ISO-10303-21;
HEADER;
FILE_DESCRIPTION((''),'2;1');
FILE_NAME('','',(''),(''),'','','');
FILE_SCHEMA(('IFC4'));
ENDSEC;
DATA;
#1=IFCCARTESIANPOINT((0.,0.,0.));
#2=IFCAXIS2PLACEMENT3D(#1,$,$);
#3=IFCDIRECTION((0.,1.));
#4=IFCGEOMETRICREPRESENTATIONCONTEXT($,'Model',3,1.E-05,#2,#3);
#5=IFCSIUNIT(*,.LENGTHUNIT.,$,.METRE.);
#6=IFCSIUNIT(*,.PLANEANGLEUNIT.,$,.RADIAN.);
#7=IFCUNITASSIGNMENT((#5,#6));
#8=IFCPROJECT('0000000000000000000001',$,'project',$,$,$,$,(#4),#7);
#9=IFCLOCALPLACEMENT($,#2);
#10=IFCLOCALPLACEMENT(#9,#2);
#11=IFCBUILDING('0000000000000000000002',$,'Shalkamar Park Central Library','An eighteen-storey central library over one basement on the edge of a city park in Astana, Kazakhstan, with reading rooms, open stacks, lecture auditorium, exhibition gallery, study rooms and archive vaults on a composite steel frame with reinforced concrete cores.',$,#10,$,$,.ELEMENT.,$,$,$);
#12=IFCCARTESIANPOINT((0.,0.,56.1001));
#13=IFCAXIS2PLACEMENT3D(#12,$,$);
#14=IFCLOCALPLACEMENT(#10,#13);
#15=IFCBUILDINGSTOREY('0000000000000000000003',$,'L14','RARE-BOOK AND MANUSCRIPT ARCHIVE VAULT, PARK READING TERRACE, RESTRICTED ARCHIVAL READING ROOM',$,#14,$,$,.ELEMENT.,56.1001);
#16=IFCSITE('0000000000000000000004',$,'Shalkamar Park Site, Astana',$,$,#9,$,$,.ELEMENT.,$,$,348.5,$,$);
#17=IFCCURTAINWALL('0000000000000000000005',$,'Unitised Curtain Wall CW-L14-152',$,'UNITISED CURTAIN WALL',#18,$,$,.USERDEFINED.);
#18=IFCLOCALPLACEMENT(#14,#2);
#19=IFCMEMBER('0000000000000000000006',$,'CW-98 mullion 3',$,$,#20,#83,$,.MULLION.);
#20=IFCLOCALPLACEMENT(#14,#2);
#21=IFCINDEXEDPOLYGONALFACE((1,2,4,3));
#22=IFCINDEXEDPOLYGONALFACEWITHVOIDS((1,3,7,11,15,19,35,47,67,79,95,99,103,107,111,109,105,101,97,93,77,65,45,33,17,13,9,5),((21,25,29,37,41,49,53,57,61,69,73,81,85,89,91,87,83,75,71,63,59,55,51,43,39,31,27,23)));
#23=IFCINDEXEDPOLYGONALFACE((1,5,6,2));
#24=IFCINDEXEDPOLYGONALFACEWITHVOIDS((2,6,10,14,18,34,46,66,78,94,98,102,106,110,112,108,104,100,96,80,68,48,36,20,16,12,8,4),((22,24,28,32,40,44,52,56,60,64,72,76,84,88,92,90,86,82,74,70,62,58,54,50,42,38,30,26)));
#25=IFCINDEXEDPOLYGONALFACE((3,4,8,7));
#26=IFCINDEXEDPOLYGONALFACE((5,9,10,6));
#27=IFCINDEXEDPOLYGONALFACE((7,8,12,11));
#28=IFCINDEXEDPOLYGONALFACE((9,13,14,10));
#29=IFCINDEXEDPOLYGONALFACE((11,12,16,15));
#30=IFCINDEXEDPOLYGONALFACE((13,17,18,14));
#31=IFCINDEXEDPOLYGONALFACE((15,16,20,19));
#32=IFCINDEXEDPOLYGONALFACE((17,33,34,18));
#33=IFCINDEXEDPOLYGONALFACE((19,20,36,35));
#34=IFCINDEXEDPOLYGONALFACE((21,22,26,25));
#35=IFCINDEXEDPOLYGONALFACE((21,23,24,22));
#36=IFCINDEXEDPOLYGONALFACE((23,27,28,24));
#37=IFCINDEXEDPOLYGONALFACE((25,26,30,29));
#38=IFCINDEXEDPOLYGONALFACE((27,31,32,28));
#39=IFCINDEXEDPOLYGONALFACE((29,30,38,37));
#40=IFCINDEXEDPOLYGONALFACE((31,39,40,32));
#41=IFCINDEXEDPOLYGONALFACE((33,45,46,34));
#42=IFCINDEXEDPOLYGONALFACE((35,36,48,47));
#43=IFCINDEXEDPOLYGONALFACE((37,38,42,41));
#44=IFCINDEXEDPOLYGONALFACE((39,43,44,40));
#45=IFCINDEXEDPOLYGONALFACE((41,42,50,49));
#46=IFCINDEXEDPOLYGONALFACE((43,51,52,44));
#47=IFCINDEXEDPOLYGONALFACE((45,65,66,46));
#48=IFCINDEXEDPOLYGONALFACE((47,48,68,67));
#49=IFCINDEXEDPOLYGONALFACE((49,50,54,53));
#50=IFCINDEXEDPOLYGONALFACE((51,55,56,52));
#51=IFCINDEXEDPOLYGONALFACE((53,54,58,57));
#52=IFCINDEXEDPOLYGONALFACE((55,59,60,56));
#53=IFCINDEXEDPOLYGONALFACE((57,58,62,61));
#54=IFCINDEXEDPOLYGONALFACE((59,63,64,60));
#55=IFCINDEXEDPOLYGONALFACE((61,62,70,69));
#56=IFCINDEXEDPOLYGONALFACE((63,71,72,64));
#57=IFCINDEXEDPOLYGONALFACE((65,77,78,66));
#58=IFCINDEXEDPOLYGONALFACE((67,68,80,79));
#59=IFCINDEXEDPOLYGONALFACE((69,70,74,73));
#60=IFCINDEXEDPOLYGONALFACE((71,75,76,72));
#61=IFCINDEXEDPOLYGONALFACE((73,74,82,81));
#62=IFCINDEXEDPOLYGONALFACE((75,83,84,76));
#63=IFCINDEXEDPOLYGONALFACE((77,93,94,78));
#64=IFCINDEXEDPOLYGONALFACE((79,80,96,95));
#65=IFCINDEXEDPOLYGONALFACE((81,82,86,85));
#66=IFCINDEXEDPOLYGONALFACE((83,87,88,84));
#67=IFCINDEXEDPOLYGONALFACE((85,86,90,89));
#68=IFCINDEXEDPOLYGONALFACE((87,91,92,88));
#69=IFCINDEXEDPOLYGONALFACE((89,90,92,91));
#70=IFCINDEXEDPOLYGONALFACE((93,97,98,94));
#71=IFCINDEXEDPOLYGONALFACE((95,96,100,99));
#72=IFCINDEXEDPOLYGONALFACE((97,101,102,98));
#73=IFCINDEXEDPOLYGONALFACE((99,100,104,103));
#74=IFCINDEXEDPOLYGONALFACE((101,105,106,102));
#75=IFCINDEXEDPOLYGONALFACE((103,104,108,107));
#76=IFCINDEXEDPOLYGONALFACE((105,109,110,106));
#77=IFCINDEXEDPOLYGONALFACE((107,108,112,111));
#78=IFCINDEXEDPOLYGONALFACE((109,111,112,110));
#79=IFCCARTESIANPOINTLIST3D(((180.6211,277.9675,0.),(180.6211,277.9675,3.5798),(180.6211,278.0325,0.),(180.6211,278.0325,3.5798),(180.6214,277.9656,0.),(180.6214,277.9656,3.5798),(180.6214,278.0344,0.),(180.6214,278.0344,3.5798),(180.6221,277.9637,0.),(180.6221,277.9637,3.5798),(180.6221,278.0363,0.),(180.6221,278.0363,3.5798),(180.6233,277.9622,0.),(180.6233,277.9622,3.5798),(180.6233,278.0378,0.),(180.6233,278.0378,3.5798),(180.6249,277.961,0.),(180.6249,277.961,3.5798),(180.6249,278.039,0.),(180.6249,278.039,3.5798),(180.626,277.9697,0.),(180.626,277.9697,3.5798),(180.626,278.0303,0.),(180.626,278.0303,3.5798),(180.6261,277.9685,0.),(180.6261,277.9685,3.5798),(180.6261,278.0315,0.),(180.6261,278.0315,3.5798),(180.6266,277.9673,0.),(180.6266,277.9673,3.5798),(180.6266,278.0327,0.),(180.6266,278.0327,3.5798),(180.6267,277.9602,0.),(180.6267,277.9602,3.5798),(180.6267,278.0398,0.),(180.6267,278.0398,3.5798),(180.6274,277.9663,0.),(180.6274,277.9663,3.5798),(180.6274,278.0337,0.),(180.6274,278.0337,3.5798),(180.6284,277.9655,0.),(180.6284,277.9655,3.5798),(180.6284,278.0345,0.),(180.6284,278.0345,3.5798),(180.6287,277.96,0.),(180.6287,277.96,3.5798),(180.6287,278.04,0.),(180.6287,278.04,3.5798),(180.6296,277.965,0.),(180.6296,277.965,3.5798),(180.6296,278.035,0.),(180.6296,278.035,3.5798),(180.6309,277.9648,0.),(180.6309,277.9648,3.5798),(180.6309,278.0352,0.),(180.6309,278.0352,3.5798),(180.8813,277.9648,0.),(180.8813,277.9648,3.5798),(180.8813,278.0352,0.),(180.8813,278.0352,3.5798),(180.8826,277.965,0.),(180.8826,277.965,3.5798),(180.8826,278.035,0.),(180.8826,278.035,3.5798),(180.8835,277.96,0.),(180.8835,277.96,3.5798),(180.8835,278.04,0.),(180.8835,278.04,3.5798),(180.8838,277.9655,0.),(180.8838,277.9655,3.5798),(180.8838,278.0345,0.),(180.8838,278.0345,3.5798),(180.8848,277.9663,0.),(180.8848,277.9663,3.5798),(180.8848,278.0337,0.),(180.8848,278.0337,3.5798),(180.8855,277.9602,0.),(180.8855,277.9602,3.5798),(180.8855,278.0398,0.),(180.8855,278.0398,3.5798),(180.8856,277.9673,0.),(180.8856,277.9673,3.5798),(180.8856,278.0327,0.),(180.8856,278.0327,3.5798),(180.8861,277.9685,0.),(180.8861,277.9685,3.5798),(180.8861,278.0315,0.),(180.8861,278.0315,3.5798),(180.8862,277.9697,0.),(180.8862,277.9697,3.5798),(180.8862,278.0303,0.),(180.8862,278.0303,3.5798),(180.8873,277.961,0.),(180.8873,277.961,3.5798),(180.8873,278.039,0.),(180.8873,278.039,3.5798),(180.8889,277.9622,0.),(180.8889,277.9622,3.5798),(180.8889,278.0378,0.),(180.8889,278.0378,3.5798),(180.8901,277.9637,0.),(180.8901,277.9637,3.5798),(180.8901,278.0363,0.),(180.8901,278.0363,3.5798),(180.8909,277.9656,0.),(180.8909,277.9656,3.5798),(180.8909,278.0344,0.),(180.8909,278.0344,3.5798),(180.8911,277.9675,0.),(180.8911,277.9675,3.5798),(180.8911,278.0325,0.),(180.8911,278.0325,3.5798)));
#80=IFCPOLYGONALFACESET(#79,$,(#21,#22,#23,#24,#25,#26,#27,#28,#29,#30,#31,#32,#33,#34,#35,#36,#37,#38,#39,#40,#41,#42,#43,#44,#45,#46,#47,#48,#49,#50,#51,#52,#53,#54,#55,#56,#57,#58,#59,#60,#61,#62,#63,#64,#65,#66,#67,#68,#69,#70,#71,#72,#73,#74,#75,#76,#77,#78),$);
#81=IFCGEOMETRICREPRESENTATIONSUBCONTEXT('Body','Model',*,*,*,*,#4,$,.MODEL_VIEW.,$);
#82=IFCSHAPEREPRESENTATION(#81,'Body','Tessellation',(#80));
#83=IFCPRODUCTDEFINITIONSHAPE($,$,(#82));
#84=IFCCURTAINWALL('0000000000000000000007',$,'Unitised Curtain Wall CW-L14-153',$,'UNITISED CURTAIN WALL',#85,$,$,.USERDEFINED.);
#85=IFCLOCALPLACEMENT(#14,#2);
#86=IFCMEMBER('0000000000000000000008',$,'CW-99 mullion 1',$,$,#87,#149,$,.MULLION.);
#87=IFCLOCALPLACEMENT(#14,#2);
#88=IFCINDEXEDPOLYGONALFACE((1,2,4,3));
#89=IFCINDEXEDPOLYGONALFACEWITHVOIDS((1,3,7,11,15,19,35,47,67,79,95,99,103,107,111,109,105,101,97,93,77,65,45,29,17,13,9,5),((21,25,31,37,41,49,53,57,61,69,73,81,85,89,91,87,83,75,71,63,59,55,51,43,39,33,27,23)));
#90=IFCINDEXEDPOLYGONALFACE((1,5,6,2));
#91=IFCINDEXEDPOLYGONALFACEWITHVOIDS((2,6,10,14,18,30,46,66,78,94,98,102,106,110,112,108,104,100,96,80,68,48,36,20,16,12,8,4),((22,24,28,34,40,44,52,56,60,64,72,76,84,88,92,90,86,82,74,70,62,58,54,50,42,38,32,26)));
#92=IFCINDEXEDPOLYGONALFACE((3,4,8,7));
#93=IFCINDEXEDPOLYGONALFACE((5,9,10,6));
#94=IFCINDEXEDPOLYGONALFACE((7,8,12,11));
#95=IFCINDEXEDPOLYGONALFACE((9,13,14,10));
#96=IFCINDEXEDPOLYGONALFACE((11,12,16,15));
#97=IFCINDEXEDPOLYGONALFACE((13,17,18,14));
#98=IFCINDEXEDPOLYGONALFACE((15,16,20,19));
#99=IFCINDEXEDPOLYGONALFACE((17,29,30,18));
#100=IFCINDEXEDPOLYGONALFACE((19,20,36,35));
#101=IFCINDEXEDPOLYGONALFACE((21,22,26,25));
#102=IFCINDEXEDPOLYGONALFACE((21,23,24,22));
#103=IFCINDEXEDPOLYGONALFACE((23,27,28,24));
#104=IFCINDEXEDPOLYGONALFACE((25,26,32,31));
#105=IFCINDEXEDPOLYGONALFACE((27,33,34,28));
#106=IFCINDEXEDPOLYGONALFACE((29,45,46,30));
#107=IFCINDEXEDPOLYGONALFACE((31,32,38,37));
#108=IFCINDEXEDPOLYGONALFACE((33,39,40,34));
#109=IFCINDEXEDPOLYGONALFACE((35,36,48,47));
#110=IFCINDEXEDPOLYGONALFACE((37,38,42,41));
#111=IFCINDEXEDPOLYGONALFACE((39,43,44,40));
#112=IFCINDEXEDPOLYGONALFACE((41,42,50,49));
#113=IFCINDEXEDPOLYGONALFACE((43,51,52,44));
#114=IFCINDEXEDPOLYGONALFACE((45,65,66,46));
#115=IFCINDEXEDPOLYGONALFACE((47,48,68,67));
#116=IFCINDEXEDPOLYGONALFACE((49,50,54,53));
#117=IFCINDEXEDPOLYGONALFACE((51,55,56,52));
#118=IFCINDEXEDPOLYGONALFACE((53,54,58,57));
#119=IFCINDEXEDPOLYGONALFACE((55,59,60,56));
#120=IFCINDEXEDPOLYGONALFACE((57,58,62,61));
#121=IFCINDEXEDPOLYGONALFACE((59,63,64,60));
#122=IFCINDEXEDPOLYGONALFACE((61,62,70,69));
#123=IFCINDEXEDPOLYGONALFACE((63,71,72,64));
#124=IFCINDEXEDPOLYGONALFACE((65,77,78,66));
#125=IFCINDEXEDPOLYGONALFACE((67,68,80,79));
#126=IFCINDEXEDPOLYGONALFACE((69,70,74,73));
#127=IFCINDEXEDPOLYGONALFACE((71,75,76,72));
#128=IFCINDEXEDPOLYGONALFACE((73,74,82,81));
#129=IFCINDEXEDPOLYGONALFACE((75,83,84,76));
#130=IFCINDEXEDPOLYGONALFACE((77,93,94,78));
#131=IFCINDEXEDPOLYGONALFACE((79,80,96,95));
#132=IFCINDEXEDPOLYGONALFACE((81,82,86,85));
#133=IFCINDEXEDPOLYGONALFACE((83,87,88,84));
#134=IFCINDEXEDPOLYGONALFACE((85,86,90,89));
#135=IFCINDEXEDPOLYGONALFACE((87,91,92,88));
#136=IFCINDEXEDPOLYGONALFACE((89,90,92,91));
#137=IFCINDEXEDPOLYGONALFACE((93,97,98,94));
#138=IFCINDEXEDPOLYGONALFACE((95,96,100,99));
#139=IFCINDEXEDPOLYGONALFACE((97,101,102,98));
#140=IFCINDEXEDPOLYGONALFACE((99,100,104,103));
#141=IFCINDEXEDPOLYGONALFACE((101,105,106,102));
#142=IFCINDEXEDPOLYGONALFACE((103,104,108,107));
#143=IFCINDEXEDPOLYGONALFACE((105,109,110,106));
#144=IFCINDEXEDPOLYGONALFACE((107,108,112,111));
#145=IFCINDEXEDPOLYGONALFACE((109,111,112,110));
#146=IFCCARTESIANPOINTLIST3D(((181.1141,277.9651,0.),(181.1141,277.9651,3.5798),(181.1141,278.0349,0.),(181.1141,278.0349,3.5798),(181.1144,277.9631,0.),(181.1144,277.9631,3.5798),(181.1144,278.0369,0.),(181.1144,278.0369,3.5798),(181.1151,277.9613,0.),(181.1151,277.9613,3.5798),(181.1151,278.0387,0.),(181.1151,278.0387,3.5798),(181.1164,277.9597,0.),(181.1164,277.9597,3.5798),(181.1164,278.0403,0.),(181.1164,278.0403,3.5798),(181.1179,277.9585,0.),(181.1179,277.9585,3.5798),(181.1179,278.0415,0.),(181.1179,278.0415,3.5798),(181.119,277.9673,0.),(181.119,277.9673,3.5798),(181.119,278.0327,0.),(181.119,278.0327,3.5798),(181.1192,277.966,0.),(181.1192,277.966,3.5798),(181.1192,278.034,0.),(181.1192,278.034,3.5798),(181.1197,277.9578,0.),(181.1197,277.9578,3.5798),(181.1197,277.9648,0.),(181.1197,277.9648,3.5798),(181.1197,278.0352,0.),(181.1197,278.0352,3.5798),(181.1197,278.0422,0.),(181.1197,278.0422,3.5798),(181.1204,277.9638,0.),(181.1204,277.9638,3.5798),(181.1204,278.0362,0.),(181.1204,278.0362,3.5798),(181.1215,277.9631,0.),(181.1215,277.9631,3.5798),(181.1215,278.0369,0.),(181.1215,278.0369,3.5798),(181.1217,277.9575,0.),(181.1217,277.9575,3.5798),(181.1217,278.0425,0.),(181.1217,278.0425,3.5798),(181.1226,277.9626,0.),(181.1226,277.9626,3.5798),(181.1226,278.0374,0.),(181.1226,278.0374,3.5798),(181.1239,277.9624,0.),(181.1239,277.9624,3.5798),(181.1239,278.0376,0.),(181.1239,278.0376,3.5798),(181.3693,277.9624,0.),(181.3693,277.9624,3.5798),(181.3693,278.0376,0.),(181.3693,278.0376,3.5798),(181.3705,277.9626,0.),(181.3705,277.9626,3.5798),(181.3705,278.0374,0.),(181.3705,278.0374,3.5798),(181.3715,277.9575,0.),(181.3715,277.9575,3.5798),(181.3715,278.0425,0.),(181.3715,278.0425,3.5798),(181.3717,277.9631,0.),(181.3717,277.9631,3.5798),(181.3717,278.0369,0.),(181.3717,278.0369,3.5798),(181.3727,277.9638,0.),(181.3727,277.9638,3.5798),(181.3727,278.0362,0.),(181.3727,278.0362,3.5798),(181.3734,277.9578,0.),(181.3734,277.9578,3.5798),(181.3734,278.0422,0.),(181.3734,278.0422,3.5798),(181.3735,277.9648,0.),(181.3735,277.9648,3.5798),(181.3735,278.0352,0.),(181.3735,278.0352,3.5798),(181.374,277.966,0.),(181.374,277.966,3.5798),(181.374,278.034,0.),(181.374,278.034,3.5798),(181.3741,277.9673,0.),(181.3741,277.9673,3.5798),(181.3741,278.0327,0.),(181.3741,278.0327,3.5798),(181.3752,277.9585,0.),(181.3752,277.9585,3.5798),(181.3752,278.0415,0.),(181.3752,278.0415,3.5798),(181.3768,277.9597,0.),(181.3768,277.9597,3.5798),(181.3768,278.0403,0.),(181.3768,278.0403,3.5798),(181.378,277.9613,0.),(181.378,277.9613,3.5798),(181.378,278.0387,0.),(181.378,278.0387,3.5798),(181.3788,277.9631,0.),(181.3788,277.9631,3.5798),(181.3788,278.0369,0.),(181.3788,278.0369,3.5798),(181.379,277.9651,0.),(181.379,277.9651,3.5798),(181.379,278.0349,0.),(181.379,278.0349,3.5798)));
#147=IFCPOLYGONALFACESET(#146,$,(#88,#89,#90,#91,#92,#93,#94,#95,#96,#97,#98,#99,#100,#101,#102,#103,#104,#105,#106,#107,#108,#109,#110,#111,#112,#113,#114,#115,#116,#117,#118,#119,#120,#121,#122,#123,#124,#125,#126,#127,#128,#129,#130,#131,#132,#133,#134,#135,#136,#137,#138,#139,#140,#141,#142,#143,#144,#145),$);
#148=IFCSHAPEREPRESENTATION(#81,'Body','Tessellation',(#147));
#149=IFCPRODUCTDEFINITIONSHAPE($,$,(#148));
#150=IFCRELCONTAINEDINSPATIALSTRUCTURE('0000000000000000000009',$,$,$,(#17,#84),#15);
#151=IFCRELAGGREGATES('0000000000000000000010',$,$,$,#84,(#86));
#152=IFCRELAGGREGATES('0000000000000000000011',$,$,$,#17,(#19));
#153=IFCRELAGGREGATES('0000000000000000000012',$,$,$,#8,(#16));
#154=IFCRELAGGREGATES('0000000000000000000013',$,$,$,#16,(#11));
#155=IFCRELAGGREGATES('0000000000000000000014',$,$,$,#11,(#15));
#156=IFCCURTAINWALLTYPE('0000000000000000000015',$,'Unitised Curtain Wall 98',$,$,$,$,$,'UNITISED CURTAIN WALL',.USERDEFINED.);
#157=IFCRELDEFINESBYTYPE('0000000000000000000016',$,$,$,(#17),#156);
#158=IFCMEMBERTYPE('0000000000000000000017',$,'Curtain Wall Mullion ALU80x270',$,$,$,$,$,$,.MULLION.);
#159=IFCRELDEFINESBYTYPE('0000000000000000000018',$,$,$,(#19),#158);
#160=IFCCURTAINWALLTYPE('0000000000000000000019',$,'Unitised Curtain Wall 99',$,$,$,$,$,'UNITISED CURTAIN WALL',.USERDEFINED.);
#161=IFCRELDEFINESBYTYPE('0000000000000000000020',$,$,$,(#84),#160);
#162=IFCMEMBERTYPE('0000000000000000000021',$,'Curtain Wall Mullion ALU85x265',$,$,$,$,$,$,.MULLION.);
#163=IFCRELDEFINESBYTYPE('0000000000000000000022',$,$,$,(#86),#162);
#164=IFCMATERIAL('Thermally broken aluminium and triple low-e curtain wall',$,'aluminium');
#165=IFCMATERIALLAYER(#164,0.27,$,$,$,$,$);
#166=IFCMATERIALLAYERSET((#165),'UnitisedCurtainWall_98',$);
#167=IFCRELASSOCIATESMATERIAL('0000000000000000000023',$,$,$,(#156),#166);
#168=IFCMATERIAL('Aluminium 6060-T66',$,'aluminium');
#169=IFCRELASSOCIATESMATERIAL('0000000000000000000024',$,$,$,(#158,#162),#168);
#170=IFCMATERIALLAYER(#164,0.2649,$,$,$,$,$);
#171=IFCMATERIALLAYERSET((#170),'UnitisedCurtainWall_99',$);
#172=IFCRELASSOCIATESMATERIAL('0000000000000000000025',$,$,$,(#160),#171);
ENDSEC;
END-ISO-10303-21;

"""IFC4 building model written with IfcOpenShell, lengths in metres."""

from ifc_helpers import new_model, si_unit, direction, frame, origin, origin_2d, place, context, subcontext, project, spatial, hollow_rectangle, extrude, material, layer, layer_set, material_profile, profile_set, type_object, element, aggregate, save


model = new_model("IFC4")

# Units and contexts
model_context = context("Model", 3, precision=1e-05, world=origin(), true_north=direction((0.0, 1.0)))
body_context = subcontext(model_context, "Body", "Model", "MODEL_VIEW")
ifc_project = project(units=[si_unit("LENGTHUNIT", "METRE"), si_unit("PLANEANGLEUNIT", "RADIAN")], contexts=[model_context])

# Site, building, storey
site_placement = place(None, origin())
site = spatial("IfcSite", under=ifc_project, at=site_placement, Name="Shalkamar Park Site, Astana", CompositionType="ELEMENT", RefElevation=348.5)
building_placement = place(site_placement, origin())
building = spatial("IfcBuilding", under=site, at=building_placement, Name="Shalkamar Park Central Library", Description="An eighteen-storey central library over one basement on the edge of a city park in Astana, Kazakhstan, with reading rooms, open stacks, lecture auditorium, exhibition gallery, study rooms and archive vaults on a composite steel frame with reinforced concrete cores.", CompositionType="ELEMENT")
storey_placement = place(building_placement, frame((0.0, 0.0, 56.1001)))
storey = spatial("IfcBuildingStorey", under=building, at=storey_placement, Name="L14", Description="RARE-BOOK AND MANUSCRIPT ARCHIVE VAULT, PARK READING TERRACE, RESTRICTED ARCHIVAL READING ROOM", CompositionType="ELEMENT", Elevation=56.1001)

# Curtain walls, members
ifc_material_1 = material(Name="Thermally broken aluminium and triple low-e curtain wall", Category="aluminium")
ifc_layer_1 = layer(ifc_material_1, 0.27)
ifc_layer_set_1 = layer_set([ifc_layer_1], Name="UnitisedCurtainWall_98")
curtain_wall_type_1 = type_object("IfcCurtainWallType", Name="Unitised Curtain Wall 98", ElementType="UNITISED CURTAIN WALL", PredefinedType="USERDEFINED", material=ifc_layer_set_1)
curtain_wall_1_placement = place(storey_placement, origin())
curtain_wall_1 = element("IfcCurtainWall", 1, at=curtain_wall_1_placement, inside=storey, type_object=curtain_wall_type_1, Name="Unitised Curtain Wall CW-L14-152", ObjectType="UNITISED CURTAIN WALL", PredefinedType="USERDEFINED")
ifc_material_2 = material(Name="Aluminium 6060-T66", Category="aluminium")
ifc_material_profile_1 = material_profile(ifc_material_2, hollow_rectangle(XDim=0.0801, YDim=0.27, WallThickness=0.0049, InnerFilletRadius=0.0049, OuterFilletRadius=0.0076, at=origin_2d()), Name="ALU 80x270x5")
ifc_profile_set_1 = profile_set([ifc_material_profile_1], Name="Aluminium 6060-T66")
member_type_1 = type_object("IfcMemberType", Name="Curtain Wall Mullion ALU80x270", PredefinedType="MULLION", material=ifc_profile_set_1)
member_1_placement = place(storey_placement, frame((180.7561, 278.0, 0.0), z_axis=(0.0, 0.0, 1.0), x_axis=(0.0, 1.0, 0.0)))
member_1 = element("IfcMember", 2, at=member_1_placement, type_object=member_type_1, Name="CW-98 mullion 3", PredefinedType="MULLION", context=body_context, shape_type="SweptSolid", body=[
    extrude(hollow_rectangle(XDim=0.0801, YDim=0.27, WallThickness=0.0049, InnerFilletRadius=0.0049, OuterFilletRadius=0.0076, at=origin_2d()), origin(), (0.0, 0.0, 1.0), 3.5798),
])
ifc_layer_2 = layer(ifc_material_1, 0.2649)
ifc_layer_set_2 = layer_set([ifc_layer_2], Name="UnitisedCurtainWall_99")
curtain_wall_type_2 = type_object("IfcCurtainWallType", Name="Unitised Curtain Wall 99", ElementType="UNITISED CURTAIN WALL", PredefinedType="USERDEFINED", material=ifc_layer_set_2)
curtain_wall_2_placement = place(storey_placement, origin())
curtain_wall_2 = element("IfcCurtainWall", 3, at=curtain_wall_2_placement, inside=storey, type_object=curtain_wall_type_2, Name="Unitised Curtain Wall CW-L14-153", ObjectType="UNITISED CURTAIN WALL", PredefinedType="USERDEFINED")
ifc_material_profile_2 = material_profile(ifc_material_2, hollow_rectangle(XDim=0.085, YDim=0.2649, WallThickness=0.0049, InnerFilletRadius=0.0049, OuterFilletRadius=0.0076, at=origin_2d()), Name="ALU 85x265x5")
ifc_profile_set_2 = profile_set([ifc_material_profile_2], Name="Aluminium 6060-T66")
member_type_2 = type_object("IfcMemberType", Name="Curtain Wall Mullion ALU85x265", PredefinedType="MULLION", material=ifc_profile_set_2)
member_2_placement = place(storey_placement, frame((181.2466, 278.0, 0.0), z_axis=(0.0, 0.0, 1.0), x_axis=(0.0, 1.0, 0.0)))
member_2 = element("IfcMember", 4, at=member_2_placement, type_object=member_type_2, Name="CW-99 mullion 1", PredefinedType="MULLION", context=body_context, shape_type="SweptSolid", body=[
    extrude(hollow_rectangle(XDim=0.085, YDim=0.2649, WallThickness=0.0049, InnerFilletRadius=0.0049, OuterFilletRadius=0.0076, at=origin_2d()), origin(), (0.0, 0.0, 1.0), 3.5798),
])

aggregate(curtain_wall_2, [member_2])
aggregate(curtain_wall_1, [member_1])

save(model, "model.ifc")
